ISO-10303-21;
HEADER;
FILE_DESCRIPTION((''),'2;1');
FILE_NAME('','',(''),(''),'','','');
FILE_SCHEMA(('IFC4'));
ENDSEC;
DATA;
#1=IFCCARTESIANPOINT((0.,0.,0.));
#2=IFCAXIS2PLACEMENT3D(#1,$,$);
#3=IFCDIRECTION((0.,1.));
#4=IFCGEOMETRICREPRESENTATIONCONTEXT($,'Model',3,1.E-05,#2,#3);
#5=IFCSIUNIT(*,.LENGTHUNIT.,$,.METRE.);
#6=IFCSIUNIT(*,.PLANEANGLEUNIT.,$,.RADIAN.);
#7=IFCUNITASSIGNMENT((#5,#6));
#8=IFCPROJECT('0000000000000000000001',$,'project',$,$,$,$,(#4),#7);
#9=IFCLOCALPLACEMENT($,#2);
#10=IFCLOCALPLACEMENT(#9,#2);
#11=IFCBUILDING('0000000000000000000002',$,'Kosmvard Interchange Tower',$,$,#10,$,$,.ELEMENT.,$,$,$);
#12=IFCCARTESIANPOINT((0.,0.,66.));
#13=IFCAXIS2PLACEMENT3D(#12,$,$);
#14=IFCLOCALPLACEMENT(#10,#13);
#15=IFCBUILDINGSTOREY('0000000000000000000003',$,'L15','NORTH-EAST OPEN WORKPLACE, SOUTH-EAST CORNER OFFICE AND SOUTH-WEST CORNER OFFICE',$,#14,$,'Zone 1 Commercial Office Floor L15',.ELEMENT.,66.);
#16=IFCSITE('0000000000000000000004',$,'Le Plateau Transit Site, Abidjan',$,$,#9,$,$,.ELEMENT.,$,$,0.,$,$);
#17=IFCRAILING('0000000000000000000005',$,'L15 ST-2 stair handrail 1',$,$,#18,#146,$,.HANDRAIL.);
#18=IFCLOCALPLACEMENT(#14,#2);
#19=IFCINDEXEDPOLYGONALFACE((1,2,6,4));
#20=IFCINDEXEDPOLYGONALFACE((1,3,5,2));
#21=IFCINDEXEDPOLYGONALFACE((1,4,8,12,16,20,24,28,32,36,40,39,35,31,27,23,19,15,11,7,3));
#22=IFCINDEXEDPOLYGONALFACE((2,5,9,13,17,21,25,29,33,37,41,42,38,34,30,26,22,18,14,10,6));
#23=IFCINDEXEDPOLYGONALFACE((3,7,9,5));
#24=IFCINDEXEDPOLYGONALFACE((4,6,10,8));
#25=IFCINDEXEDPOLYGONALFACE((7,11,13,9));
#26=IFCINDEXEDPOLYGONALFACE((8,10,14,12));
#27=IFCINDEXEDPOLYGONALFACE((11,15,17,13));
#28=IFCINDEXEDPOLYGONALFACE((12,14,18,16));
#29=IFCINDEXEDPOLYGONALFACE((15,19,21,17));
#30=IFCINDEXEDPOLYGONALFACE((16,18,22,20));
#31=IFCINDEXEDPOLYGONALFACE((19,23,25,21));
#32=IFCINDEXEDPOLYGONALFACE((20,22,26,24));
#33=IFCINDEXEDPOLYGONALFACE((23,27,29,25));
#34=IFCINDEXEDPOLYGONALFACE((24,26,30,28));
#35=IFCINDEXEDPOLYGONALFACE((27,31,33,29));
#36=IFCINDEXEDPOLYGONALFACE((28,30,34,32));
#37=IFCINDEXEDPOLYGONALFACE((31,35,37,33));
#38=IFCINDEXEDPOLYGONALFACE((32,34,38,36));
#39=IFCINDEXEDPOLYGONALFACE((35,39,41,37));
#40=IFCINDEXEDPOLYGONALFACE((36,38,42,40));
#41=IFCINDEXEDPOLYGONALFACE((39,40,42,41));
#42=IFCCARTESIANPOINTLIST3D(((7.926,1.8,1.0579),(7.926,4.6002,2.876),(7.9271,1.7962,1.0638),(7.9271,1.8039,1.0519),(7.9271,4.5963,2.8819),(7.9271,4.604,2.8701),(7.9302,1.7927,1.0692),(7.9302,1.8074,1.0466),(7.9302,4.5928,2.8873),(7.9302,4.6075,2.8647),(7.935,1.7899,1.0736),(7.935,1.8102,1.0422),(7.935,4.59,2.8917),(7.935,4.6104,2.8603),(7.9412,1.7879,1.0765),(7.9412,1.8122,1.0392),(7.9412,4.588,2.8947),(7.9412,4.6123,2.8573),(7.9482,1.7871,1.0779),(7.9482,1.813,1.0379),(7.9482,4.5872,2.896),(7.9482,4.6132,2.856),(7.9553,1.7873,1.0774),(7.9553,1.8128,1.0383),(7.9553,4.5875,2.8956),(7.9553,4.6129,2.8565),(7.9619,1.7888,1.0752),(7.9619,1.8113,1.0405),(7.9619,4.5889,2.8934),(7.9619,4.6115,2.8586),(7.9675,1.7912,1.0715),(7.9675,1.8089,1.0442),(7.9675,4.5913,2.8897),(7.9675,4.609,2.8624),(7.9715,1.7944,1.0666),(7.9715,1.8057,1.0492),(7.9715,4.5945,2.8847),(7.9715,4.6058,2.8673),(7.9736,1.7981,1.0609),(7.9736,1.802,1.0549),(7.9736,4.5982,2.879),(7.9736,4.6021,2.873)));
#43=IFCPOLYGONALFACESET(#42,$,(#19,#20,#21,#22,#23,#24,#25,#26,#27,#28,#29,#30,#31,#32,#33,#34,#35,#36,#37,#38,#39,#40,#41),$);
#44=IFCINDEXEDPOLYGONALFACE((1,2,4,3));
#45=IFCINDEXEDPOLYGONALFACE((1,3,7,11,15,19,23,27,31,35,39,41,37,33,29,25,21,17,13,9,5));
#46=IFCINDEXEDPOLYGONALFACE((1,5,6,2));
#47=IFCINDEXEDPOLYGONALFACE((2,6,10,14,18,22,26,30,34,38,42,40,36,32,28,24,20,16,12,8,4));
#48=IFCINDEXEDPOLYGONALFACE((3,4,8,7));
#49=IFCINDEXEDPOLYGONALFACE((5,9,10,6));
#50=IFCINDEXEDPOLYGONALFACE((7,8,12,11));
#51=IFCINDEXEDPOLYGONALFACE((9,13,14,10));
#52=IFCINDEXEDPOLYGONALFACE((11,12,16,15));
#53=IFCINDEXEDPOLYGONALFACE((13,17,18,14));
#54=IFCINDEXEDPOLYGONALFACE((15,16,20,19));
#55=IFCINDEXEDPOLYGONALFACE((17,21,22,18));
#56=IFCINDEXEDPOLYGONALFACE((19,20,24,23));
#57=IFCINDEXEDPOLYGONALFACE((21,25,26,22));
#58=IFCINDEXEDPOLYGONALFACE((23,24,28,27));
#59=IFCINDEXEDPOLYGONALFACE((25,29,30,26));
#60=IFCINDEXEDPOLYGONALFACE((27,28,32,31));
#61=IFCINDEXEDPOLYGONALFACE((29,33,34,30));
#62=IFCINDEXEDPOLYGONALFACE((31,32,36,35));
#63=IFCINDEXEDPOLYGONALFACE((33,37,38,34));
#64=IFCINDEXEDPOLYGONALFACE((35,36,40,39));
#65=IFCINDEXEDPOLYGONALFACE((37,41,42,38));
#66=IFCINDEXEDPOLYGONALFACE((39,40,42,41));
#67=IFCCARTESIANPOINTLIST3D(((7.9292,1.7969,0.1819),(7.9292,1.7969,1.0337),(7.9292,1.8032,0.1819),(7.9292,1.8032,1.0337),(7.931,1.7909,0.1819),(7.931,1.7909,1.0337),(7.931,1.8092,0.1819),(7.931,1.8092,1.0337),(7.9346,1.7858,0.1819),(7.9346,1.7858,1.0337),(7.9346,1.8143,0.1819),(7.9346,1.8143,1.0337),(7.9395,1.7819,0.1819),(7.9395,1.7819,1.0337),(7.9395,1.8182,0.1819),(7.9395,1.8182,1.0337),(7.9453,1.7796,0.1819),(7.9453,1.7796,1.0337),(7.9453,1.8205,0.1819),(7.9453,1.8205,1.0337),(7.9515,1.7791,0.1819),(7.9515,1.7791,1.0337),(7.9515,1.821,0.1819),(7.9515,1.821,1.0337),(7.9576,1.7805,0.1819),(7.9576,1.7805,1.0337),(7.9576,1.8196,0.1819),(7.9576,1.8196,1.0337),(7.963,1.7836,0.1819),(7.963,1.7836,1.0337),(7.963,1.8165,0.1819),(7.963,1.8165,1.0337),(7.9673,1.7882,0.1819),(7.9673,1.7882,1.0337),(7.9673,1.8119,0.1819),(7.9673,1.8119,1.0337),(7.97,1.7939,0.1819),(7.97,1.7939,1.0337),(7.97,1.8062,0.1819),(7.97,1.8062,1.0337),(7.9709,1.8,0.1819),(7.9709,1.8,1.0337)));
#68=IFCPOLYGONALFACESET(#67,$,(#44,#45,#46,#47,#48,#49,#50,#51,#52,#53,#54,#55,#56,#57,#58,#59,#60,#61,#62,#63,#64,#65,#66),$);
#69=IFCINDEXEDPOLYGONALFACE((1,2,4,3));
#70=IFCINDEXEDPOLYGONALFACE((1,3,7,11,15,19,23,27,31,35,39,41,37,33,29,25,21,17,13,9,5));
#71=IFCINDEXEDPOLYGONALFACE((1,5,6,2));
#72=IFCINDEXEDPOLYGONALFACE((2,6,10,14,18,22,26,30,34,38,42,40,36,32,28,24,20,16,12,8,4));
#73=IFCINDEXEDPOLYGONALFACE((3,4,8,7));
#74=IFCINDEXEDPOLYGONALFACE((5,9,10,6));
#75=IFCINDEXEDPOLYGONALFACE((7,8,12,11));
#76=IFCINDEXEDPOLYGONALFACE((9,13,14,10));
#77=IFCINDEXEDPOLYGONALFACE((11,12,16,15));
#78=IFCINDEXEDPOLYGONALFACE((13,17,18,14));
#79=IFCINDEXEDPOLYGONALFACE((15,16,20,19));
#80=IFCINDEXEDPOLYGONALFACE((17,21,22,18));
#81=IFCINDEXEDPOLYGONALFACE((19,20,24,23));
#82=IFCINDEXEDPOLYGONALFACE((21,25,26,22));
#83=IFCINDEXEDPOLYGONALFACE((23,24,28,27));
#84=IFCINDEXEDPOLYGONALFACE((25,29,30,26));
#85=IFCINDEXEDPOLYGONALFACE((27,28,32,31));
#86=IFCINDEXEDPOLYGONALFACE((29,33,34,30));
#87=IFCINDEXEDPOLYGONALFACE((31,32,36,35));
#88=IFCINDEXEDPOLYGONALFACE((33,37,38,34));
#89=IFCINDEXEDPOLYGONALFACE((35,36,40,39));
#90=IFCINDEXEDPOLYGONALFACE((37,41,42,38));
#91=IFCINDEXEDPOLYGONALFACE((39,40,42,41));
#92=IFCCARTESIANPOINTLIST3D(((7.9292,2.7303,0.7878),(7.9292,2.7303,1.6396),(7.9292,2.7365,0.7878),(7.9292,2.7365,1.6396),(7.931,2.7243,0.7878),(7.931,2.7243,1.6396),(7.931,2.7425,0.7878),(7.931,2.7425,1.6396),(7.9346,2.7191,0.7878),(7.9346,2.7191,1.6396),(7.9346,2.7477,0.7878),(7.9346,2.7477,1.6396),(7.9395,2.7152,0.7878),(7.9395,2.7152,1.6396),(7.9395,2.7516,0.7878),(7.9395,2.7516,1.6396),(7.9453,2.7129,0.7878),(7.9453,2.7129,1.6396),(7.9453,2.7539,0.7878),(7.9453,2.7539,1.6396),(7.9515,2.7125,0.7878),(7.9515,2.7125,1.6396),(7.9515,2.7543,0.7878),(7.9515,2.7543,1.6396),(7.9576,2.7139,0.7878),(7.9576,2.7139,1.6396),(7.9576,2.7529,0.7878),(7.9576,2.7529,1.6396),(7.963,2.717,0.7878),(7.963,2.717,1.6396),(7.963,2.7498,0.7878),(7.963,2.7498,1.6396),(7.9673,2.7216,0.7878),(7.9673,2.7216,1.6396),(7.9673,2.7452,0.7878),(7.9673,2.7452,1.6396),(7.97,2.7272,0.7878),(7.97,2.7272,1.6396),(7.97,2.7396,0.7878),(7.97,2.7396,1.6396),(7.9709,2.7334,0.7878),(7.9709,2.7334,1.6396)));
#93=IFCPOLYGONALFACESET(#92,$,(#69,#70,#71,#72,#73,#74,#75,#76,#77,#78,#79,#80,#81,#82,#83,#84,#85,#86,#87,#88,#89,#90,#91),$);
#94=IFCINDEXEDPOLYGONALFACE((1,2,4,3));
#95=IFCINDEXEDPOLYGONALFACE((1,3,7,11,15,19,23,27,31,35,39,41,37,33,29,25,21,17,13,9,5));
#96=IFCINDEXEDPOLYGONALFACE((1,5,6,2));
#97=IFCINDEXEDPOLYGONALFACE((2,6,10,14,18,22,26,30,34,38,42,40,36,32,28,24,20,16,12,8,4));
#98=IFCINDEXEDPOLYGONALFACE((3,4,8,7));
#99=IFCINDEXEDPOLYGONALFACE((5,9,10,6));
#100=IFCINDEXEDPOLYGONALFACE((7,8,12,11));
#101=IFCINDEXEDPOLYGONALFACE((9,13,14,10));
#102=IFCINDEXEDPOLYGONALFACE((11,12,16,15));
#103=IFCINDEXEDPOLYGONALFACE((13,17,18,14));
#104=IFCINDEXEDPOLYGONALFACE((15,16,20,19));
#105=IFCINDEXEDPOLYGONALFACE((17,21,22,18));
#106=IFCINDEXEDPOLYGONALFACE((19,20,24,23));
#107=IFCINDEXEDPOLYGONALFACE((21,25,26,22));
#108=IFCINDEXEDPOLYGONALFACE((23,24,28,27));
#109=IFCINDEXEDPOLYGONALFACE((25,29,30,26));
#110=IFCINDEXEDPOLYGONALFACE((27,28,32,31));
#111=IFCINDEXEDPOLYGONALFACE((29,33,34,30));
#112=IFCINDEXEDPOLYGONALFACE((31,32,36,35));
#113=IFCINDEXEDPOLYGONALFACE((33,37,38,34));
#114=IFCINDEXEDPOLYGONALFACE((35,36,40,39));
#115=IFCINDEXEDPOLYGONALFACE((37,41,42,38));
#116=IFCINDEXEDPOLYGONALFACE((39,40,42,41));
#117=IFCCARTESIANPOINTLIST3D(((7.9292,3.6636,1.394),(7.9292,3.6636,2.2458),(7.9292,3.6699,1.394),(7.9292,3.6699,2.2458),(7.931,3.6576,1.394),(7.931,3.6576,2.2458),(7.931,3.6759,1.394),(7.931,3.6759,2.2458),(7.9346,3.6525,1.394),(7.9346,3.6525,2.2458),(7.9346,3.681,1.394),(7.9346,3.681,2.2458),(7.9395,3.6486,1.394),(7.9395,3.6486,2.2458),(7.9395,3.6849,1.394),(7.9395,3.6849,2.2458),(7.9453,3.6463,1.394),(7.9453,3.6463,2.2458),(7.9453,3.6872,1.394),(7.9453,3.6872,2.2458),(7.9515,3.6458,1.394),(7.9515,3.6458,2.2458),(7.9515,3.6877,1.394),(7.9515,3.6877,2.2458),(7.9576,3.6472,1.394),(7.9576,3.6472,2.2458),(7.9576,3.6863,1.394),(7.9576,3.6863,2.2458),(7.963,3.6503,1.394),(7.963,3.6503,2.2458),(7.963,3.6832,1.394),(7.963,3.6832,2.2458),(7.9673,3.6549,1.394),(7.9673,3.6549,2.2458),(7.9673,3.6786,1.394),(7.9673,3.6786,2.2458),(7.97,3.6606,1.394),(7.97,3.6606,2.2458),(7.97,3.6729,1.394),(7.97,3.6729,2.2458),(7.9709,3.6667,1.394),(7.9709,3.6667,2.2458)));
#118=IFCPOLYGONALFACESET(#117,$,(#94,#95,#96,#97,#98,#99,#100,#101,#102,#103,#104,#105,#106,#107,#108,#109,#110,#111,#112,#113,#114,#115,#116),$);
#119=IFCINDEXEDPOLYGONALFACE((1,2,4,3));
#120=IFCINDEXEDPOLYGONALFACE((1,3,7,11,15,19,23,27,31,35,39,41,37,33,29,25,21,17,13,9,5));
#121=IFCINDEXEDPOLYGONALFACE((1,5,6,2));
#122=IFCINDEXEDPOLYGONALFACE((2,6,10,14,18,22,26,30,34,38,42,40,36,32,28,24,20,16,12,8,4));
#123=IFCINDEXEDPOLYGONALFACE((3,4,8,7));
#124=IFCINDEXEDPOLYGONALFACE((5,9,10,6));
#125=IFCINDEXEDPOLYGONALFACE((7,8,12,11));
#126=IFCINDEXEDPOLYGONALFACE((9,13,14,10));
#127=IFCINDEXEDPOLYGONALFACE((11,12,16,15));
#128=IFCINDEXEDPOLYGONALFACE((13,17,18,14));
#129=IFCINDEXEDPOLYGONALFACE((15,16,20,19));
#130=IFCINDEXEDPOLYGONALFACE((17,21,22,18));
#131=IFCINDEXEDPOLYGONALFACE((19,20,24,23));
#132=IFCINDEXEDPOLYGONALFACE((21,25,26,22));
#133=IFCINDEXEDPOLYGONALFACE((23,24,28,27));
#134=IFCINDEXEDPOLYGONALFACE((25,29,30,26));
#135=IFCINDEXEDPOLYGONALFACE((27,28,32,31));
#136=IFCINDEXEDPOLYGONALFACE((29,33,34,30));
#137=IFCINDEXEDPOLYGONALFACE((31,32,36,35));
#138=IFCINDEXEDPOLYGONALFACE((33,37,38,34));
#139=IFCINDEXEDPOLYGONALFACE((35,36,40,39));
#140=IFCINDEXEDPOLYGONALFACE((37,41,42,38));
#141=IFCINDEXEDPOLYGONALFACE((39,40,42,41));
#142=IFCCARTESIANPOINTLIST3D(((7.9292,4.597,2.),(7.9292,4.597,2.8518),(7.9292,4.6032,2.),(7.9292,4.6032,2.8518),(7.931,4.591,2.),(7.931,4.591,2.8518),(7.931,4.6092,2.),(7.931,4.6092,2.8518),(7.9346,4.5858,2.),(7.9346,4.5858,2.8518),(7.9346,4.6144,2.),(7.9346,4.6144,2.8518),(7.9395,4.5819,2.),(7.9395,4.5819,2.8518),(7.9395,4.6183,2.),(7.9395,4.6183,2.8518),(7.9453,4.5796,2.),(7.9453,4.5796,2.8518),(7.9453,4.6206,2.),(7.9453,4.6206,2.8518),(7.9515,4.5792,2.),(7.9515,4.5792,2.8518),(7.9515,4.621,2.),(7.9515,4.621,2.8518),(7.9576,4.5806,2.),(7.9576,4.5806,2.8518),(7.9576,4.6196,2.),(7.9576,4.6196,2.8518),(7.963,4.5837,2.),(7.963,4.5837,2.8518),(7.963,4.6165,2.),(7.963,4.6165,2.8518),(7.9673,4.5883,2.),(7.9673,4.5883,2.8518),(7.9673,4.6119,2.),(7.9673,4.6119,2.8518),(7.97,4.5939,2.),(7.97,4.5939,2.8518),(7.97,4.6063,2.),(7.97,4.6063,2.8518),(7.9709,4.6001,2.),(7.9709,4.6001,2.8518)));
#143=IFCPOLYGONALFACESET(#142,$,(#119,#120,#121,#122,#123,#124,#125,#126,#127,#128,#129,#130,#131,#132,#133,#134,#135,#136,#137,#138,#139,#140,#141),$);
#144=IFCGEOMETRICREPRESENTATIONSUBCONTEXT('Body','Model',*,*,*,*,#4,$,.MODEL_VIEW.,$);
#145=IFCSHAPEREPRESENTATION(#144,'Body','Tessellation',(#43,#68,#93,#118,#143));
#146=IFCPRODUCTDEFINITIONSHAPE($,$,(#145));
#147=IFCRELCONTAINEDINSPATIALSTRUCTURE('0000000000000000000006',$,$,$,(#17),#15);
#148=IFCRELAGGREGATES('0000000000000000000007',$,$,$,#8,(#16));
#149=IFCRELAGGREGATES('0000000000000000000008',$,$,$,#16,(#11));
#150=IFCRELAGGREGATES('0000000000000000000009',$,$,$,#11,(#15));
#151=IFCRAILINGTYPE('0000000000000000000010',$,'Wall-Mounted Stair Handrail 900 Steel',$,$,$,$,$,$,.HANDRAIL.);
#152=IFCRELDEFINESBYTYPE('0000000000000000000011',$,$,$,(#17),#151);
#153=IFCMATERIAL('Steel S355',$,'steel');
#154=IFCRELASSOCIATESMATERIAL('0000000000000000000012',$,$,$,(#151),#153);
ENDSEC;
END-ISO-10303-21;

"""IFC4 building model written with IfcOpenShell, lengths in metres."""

from ifc_helpers import new_model, si_unit, direction, frame, origin, origin_2d, place, context, subcontext, project, spatial, circle, extrude, source, transform, mapped, material, type_object, element, save


model = new_model("IFC4")

# Units and contexts
model_context = context("Model", 3, precision=1e-05, world=origin(), true_north=direction((0.0, 1.0)))
body_context = subcontext(model_context, "Body", "Model", "MODEL_VIEW")
ifc_project = project(units=[si_unit("LENGTHUNIT", "METRE"), si_unit("PLANEANGLEUNIT", "RADIAN")], contexts=[model_context])

# Site, building, storey
site_placement = place(None, origin())
site = spatial("IfcSite", under=ifc_project, at=site_placement, Name="Le Plateau Transit Site, Abidjan", CompositionType="ELEMENT", RefElevation=0.0)
building_placement = place(site_placement, origin())
building = spatial("IfcBuilding", under=site, at=building_placement, Name="Kosmvard Interchange Tower", CompositionType="ELEMENT")
storey_placement = place(building_placement, frame((0.0, 0.0, 66.0)))
storey = spatial("IfcBuildingStorey", under=building, at=storey_placement, Name="L15", Description="NORTH-EAST OPEN WORKPLACE, SOUTH-EAST CORNER OFFICE AND SOUTH-WEST CORNER OFFICE", LongName="Zone 1 Commercial Office Floor L15", CompositionType="ELEMENT", Elevation=66.0)

# Shared definitions
ifc_material_1 = material(Name="Steel S355", Category="steel")

# Railing
railing_type_1 = type_object("IfcRailingType", Name="Wall-Mounted Stair Handrail 900 Steel", PredefinedType="HANDRAIL", material=ifc_material_1)
shared_shape_1 = source(origin(), body_context, "Body", "SweptSolid", [
    extrude(circle(Radius=0.0239, at=origin_2d()), frame((0.0, 0.0, 0.876), z_axis=(0.0, 0.838706, 0.544585), x_axis=(-1.0, 0.0, 0.0)), (0.0, 0.0, 1.0), 3.3386),
    extrude(circle(Radius=0.021, at=origin_2d()), origin(), (0.0, 0.0, 1.0), 0.8518),
    extrude(circle(Radius=0.021, at=origin_2d()), frame((0.0, 0.9333, 0.606)), (0.0, 0.0, 1.0), 0.8518),
    extrude(circle(Radius=0.021, at=origin_2d()), frame((0.0, 1.8667, 1.2122)), (0.0, 0.0, 1.0), 0.8518),
    extrude(circle(Radius=0.021, at=origin_2d()), frame((0.0, 2.8, 1.8181)), (0.0, 0.0, 1.0), 0.8518),
])
railing_1_placement = place(storey_placement, frame((7.95, 1.8, 0.1819)))
element("IfcRailing", 1, at=railing_1_placement, inside=storey, type_object=railing_type_1, Name="L15 ST-2 stair handrail 1", PredefinedType="HANDRAIL", context=body_context, shape_type="MappedRepresentation", body=[
    mapped(shared_shape_1, transform((0.0, 0.0, 0.0), scale=1.0)),
])

save(model, "model.ifc")
